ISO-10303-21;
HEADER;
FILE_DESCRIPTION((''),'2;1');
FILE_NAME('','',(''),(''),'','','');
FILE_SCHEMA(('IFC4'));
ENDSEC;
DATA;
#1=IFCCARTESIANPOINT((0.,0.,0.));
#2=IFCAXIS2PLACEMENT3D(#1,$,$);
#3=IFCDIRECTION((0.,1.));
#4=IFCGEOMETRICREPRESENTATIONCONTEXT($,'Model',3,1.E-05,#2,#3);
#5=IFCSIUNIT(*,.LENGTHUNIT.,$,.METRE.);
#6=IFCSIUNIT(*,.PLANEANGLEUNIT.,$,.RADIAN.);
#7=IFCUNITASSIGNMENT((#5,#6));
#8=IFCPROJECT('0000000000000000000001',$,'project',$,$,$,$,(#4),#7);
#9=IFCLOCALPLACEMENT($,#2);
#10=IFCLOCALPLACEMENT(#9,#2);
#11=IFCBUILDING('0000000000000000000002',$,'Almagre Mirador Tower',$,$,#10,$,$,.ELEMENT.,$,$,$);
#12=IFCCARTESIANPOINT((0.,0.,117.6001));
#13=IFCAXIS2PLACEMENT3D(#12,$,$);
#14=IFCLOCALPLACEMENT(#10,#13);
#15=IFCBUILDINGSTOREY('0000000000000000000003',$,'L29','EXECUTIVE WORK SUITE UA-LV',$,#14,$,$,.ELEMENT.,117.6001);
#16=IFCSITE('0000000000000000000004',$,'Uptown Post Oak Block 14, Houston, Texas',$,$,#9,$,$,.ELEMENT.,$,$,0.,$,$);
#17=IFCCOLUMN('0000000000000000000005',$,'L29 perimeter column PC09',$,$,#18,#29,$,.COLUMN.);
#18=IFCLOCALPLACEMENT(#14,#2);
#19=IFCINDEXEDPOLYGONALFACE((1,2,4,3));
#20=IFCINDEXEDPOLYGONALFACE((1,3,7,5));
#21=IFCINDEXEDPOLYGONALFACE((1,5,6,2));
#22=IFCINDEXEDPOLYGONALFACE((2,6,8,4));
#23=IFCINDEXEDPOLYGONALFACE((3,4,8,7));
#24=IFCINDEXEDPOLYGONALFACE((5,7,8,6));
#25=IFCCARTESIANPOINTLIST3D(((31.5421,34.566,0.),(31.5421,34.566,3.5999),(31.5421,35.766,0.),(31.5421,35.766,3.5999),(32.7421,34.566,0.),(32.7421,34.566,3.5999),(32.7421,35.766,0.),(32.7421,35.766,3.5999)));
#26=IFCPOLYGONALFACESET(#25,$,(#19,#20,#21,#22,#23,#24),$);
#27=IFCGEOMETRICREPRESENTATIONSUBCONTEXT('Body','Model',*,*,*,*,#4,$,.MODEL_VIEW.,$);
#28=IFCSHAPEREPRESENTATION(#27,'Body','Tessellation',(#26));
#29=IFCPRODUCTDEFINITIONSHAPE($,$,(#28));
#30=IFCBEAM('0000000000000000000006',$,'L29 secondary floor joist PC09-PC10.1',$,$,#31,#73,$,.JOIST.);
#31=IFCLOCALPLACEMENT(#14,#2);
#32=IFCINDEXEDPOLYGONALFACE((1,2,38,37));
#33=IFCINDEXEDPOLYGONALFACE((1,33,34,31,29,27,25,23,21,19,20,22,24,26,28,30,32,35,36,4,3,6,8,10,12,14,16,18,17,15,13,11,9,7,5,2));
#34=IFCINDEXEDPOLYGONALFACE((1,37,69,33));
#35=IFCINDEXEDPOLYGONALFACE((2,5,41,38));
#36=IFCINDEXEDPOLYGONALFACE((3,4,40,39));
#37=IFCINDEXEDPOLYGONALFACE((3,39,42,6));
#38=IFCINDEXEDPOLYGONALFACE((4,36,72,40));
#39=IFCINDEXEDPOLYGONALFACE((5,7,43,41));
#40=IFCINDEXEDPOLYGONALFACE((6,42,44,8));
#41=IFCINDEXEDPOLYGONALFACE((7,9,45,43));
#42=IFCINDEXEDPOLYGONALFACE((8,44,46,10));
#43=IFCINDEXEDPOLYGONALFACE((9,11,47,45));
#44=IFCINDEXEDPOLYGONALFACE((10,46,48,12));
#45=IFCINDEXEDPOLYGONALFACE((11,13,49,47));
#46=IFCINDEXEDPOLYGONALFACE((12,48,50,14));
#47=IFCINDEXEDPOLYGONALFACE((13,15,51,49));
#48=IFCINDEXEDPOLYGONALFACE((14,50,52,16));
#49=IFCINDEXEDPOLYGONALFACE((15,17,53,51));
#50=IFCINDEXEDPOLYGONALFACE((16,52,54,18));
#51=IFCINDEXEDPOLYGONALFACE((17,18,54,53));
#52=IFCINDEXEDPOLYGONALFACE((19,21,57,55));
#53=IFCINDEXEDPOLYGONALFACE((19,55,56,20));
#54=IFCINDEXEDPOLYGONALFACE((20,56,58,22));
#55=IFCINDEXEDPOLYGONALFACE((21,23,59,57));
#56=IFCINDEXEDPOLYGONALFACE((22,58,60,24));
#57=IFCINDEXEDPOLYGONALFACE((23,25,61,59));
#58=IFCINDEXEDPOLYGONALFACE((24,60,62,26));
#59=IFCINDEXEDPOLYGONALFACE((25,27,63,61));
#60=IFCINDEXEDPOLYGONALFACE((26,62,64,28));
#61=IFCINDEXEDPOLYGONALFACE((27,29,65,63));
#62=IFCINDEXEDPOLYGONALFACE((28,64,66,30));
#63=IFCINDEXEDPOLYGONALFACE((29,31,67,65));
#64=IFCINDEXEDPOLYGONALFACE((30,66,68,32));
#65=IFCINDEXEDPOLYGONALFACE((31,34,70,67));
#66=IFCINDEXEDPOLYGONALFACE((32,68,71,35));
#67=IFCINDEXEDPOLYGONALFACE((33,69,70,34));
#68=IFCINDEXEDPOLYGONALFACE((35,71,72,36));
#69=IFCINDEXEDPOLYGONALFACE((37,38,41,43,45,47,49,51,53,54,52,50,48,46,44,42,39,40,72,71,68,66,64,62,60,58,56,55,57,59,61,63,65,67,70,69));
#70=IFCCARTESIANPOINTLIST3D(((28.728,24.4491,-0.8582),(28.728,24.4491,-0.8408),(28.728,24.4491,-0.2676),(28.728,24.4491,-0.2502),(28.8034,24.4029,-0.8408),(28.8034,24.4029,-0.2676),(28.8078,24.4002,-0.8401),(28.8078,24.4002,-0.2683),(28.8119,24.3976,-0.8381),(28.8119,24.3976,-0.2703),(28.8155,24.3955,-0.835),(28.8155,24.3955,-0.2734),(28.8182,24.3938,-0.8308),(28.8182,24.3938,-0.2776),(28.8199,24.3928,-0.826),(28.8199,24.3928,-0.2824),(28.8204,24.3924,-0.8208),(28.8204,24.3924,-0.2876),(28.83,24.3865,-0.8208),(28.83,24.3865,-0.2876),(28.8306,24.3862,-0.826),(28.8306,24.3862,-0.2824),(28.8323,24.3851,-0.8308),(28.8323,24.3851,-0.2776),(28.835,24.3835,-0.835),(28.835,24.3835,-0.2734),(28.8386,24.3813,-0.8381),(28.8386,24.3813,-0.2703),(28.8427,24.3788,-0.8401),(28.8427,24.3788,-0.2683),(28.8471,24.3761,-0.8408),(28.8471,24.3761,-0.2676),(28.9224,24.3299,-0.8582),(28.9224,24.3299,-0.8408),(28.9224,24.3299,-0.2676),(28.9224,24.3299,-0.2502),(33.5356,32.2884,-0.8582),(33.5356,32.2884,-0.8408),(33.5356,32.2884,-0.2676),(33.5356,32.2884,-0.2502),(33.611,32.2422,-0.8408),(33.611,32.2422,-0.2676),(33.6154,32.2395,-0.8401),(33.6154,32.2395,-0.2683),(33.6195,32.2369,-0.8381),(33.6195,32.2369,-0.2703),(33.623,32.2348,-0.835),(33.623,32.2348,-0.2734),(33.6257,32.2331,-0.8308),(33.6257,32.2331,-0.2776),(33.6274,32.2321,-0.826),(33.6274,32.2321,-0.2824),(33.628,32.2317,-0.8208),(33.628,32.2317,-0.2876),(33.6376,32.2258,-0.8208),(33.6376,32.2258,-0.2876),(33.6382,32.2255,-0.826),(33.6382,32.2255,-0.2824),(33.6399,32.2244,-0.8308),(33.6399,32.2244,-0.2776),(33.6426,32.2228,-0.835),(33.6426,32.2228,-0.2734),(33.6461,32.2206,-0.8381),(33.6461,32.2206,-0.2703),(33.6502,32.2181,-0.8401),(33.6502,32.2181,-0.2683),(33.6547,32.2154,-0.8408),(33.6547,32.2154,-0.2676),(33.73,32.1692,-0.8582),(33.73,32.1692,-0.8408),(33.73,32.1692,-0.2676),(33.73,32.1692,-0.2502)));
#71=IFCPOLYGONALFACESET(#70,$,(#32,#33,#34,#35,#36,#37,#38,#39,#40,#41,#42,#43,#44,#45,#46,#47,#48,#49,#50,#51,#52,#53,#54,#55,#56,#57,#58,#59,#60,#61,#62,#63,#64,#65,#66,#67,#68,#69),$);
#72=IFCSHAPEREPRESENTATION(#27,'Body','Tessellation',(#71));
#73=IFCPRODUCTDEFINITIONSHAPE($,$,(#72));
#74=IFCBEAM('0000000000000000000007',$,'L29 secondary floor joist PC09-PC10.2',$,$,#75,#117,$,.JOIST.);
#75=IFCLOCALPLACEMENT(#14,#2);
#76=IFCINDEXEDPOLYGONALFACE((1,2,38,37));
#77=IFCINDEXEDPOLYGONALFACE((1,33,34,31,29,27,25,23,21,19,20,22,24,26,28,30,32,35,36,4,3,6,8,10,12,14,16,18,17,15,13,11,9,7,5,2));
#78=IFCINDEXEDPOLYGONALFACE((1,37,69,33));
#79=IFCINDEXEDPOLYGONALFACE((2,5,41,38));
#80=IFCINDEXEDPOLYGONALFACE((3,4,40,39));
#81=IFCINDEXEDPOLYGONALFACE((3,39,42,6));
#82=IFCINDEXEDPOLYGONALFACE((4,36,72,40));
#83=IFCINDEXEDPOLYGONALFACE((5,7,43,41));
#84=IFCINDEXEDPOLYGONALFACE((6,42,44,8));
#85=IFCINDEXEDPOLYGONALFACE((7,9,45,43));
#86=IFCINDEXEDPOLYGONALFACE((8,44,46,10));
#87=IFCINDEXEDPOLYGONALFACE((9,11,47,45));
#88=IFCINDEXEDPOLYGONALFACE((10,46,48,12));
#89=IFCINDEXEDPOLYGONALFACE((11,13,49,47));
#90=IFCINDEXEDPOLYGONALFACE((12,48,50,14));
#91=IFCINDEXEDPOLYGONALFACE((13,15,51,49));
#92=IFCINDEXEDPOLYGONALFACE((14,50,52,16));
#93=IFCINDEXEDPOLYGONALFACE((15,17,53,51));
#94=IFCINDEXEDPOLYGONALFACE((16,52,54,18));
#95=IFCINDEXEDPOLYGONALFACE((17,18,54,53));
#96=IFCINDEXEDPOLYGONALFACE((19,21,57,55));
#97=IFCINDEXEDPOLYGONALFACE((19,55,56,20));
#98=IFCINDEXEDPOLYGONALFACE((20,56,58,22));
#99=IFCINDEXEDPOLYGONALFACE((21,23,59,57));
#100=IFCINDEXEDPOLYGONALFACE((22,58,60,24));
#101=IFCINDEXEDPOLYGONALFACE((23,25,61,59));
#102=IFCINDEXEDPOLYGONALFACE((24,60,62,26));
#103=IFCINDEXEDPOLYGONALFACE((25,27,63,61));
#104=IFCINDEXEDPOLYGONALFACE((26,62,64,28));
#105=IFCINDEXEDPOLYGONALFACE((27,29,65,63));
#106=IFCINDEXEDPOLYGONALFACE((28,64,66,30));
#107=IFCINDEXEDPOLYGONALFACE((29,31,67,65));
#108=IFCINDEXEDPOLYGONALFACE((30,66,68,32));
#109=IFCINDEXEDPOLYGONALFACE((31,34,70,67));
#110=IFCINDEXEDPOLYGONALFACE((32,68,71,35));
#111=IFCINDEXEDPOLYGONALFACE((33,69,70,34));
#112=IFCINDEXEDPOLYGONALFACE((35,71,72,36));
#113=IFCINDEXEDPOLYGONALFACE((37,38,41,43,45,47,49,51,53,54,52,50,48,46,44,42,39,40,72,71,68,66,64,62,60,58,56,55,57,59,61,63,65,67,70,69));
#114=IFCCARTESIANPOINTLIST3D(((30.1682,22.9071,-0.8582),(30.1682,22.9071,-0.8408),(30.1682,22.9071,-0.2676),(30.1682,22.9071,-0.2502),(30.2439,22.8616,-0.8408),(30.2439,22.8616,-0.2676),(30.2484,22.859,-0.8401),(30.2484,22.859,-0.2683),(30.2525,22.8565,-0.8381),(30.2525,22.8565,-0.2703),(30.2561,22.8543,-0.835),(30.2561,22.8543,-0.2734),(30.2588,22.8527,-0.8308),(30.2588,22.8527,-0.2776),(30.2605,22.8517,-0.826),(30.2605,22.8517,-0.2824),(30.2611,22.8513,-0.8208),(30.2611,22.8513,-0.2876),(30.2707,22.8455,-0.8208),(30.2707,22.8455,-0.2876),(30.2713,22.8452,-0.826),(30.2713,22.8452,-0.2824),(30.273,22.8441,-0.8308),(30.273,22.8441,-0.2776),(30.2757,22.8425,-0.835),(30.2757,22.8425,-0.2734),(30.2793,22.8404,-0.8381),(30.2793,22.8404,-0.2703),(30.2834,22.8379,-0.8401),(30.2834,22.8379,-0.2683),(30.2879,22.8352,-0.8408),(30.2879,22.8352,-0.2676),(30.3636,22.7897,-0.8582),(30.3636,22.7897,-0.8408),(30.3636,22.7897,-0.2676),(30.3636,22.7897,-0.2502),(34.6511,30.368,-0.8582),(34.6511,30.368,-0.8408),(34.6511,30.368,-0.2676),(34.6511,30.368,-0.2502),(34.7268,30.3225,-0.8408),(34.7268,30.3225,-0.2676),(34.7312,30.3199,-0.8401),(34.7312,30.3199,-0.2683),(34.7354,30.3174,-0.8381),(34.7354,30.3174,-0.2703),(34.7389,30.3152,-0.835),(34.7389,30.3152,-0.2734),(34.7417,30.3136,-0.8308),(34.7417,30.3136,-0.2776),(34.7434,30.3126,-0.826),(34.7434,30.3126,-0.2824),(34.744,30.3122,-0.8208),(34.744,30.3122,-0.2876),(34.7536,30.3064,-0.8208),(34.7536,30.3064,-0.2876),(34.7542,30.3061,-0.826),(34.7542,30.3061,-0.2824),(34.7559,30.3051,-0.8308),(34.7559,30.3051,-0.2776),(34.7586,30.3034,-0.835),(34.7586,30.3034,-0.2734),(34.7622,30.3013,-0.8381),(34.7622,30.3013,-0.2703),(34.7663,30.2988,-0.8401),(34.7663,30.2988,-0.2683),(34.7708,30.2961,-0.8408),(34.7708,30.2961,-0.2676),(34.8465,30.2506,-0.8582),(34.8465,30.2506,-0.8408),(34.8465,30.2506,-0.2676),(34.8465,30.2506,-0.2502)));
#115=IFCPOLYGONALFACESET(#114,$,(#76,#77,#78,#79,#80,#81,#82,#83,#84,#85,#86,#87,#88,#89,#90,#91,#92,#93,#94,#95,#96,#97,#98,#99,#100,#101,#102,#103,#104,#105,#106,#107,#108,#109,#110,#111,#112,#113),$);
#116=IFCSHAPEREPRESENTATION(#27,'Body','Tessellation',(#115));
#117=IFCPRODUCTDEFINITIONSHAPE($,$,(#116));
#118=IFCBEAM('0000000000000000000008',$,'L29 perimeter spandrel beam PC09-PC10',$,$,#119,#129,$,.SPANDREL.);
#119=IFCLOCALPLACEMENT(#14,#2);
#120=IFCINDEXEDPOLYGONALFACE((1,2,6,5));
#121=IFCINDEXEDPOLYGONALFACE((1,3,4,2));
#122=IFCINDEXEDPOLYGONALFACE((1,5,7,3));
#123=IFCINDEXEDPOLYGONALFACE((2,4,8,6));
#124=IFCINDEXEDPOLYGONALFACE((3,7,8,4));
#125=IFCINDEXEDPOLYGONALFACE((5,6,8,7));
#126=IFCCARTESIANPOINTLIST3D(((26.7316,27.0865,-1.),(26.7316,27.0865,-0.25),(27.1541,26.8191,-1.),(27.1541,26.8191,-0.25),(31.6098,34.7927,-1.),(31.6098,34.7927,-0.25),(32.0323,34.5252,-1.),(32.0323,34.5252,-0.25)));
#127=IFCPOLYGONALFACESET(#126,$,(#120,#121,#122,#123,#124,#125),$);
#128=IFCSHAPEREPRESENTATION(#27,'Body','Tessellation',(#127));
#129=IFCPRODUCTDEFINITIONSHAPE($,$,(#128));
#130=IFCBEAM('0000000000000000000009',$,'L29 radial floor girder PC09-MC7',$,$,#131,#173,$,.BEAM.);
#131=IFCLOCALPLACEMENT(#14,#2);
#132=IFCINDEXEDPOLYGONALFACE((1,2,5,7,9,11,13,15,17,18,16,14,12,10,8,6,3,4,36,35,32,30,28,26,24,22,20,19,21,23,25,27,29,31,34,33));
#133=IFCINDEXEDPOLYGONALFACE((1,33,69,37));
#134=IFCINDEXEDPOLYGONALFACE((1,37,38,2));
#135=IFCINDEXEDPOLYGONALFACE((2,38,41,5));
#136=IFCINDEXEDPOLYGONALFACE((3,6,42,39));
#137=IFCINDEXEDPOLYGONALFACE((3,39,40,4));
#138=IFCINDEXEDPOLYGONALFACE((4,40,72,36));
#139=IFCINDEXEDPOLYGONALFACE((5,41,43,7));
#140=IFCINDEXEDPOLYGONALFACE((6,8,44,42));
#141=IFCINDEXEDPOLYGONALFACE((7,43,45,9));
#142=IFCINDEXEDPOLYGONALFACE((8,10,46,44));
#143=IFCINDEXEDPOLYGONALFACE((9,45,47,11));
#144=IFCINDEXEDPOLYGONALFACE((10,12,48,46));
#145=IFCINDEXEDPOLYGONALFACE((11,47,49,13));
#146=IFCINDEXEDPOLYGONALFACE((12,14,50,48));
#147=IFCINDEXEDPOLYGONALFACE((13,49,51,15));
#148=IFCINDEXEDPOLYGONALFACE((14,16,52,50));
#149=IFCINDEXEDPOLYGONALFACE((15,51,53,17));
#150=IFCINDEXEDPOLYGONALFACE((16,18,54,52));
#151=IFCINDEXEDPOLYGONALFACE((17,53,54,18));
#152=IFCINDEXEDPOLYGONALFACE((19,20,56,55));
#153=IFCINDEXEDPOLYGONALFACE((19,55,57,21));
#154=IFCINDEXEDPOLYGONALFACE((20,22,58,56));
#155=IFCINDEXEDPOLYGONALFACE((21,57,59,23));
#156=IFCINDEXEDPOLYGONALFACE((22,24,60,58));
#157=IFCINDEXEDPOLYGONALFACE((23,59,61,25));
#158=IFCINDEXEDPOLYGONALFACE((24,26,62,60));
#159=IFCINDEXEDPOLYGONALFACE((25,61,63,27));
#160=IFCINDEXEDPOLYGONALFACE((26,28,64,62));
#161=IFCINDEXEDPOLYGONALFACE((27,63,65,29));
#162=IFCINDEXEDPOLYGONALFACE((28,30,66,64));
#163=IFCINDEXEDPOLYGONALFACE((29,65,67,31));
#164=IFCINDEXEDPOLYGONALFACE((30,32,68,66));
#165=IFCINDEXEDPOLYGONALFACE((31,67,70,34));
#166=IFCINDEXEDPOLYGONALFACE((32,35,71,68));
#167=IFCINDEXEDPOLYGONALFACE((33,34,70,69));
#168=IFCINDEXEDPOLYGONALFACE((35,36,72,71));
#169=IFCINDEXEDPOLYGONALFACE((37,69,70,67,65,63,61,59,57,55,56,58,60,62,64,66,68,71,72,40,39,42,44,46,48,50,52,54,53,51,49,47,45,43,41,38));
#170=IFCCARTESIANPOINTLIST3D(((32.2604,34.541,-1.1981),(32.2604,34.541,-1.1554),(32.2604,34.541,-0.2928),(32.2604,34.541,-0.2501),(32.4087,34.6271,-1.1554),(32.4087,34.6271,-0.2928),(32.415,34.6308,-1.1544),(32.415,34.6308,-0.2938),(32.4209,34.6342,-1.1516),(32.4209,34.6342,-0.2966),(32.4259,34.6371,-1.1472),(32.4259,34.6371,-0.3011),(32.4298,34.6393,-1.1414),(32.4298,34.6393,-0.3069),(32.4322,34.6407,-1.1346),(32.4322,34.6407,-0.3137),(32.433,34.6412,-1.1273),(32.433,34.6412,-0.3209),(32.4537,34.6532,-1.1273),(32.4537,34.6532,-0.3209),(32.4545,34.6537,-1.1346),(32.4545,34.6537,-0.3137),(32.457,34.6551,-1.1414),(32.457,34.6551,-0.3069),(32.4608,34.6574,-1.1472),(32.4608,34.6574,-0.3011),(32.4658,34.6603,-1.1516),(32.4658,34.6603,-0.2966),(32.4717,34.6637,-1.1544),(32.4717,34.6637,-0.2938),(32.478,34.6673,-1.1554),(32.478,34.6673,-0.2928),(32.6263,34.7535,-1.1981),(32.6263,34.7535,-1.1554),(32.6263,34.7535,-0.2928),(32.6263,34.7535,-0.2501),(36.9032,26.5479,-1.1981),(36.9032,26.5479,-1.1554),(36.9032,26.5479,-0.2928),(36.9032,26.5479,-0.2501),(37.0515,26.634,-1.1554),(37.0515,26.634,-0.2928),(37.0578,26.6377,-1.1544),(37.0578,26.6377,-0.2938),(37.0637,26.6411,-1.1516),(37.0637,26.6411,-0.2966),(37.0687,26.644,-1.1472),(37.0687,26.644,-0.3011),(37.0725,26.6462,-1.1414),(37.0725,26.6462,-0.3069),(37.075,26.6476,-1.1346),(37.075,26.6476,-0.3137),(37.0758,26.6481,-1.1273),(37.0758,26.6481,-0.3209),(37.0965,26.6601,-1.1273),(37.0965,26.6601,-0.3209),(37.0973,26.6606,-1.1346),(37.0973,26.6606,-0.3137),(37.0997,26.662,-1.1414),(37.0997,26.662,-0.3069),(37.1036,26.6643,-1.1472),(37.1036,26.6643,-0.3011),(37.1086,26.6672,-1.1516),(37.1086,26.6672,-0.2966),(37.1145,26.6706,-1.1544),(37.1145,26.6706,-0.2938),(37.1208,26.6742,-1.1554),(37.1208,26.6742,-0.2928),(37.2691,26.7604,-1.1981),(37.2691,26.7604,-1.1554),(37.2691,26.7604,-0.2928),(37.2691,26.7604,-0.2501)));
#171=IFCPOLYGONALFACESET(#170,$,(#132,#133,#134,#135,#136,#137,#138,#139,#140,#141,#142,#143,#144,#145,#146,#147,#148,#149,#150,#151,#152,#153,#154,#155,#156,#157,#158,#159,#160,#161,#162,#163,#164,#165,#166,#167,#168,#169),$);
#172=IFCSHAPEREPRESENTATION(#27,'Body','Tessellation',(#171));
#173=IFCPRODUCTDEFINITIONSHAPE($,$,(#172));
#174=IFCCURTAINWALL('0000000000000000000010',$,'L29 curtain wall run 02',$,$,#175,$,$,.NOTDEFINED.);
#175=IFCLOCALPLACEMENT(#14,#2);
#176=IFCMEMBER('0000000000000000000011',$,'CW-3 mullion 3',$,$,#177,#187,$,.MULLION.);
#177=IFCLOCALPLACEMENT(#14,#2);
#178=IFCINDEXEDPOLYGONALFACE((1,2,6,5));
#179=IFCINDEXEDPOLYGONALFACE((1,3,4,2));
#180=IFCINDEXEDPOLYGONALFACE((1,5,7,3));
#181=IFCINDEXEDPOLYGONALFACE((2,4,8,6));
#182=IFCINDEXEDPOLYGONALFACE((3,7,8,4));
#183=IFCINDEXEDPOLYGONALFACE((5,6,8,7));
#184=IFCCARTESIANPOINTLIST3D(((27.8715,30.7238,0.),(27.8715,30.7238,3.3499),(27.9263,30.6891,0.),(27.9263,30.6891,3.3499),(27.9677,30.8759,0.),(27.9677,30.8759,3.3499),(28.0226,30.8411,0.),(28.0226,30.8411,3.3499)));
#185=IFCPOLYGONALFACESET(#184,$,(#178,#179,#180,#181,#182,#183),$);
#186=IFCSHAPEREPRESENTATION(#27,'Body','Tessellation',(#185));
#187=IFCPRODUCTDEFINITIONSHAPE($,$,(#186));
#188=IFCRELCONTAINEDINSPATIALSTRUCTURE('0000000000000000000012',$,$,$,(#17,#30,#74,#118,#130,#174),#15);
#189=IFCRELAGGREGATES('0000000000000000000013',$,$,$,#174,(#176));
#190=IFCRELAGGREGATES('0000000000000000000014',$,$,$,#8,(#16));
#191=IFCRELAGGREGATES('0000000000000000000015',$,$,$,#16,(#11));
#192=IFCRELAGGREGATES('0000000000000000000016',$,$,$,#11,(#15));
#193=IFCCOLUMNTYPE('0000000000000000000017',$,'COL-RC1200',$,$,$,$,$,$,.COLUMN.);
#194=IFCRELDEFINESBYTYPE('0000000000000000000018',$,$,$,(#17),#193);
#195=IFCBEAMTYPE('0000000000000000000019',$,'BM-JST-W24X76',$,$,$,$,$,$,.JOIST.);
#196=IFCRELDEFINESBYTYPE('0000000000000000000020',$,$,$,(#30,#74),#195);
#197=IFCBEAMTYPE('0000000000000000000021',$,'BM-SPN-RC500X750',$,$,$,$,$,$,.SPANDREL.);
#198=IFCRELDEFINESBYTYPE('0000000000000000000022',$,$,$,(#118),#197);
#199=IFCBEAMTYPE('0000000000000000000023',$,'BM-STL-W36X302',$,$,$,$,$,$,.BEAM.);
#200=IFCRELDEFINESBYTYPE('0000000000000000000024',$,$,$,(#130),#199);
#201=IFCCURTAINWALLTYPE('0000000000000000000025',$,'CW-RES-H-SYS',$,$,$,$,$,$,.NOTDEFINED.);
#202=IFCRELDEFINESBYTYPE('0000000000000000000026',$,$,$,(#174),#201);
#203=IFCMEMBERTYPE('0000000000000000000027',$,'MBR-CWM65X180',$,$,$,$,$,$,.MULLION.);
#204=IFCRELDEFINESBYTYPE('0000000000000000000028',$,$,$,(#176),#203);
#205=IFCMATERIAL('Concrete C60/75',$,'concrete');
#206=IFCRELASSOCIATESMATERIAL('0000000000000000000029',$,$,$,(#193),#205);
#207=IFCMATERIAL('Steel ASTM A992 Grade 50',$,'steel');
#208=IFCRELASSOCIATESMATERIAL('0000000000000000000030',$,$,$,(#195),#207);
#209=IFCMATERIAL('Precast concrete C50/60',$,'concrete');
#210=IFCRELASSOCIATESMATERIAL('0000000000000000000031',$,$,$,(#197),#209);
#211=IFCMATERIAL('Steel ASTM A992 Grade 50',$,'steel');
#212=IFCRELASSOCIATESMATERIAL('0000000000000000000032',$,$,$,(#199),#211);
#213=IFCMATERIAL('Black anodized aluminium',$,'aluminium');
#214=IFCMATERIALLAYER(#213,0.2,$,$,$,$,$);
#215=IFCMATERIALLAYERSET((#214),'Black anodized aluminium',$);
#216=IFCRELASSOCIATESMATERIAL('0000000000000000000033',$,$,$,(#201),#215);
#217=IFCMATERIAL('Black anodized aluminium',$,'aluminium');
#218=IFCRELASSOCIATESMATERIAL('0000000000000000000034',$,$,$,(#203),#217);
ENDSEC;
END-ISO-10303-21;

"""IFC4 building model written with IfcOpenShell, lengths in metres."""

from ifc_helpers import new_model, si_unit, direction, frame, origin, origin_2d, place, context, subcontext, project, spatial, rectangle, i_section, extrude, material, layer, layer_set, material_profile, profile_set, type_object, element, aggregate, save


model = new_model("IFC4")

# Units and contexts
model_context = context("Model", 3, precision=1e-05, world=origin(), true_north=direction((0.0, 1.0)))
body_context = subcontext(model_context, "Body", "Model", "MODEL_VIEW")
ifc_project = project(units=[si_unit("LENGTHUNIT", "METRE"), si_unit("PLANEANGLEUNIT", "RADIAN")], contexts=[model_context])

# Site, building, storey
site_placement = place(None, origin())
site = spatial("IfcSite", under=ifc_project, at=site_placement, Name="Uptown Post Oak Block 14, Houston, Texas", CompositionType="ELEMENT", RefElevation=0.0)
building_placement = place(site_placement, origin())
building = spatial("IfcBuilding", under=site, at=building_placement, Name="Almagre Mirador Tower", CompositionType="ELEMENT")
storey_placement = place(building_placement, frame((0.0, 0.0, 117.6001)))
storey = spatial("IfcBuildingStorey", under=building, at=storey_placement, Name="L29", Description="EXECUTIVE WORK SUITE UA-LV", CompositionType="ELEMENT", Elevation=117.6001)

# Column
ifc_material_1 = material(Name="Concrete C60/75", Category="concrete")
ifc_material_profile_1 = material_profile(ifc_material_1, rectangle(XDim=1.2, YDim=1.2, at=origin_2d()), Name="RC1200X1200")
ifc_profile_set_1 = profile_set([ifc_material_profile_1], Name="Concrete C60/75")
column_type = type_object("IfcColumnType", Name="COL-RC1200", PredefinedType="COLUMN", material=ifc_profile_set_1)
column_placement = place(storey_placement, frame((32.1421, 35.166, 0.0), z_axis=(0.0, 0.0, 1.0), x_axis=(1.0, 0.0, 0.0)))
element("IfcColumn", 1, at=column_placement, inside=storey, type_object=column_type, Name="L29 perimeter column PC09", PredefinedType="COLUMN", context=body_context, shape_type="SweptSolid", body=[
    extrude(rectangle(XDim=1.2, YDim=1.2, at=origin_2d()), origin(), (0.0, 0.0, 1.0), 3.5999),
])

# Beams
ifc_material_2 = material(Name="Steel ASTM A992 Grade 50", Category="steel")
ifc_material_profile_2 = material_profile(ifc_material_2, i_section(OverallWidth=0.228, OverallDepth=0.6079, WebThickness=0.0112, FlangeThickness=0.0173, FilletRadius=0.02, at=origin_2d()), Name="W24X76")
ifc_profile_set_2 = profile_set([ifc_material_profile_2], Name="Steel ASTM A992 Grade 50")
beam_type_1 = type_object("IfcBeamType", Name="BM-JST-W24X76", PredefinedType="JOIST", material=ifc_profile_set_2)
beam_1_placement = place(storey_placement, frame((33.6328, 32.2288, -0.5542), z_axis=(-0.522787, -0.852463, 0.0), x_axis=(0.852463, -0.522787, 0.0)))
element("IfcBeam", 2, at=beam_1_placement, inside=storey, type_object=beam_type_1, Name="L29 secondary floor joist PC09-PC10.1", PredefinedType="JOIST", context=body_context, shape_type="SweptSolid", body=[
    extrude(i_section(OverallWidth=0.228, OverallDepth=0.6079, WebThickness=0.0112, FlangeThickness=0.0173, FilletRadius=0.02, at=origin_2d()), origin(), (0.0, 0.0, 1.0), 9.196),
])
beam_2_placement = place(storey_placement, frame((34.7488, 30.3093, -0.5542), z_axis=(-0.515032, -0.857171, 0.0), x_axis=(0.857171, -0.515032, 0.0)))
element("IfcBeam", 3, at=beam_2_placement, inside=storey, type_object=beam_type_1, Name="L29 secondary floor joist PC09-PC10.2", PredefinedType="JOIST", context=body_context, shape_type="SweptSolid", body=[
    extrude(i_section(OverallWidth=0.228, OverallDepth=0.6079, WebThickness=0.0112, FlangeThickness=0.0173, FilletRadius=0.02, at=origin_2d()), origin(), (0.0, 0.0, 1.0), 8.7041),
])
ifc_material_3 = material(Name="Precast concrete C50/60", Category="concrete")
ifc_material_profile_3 = material_profile(ifc_material_3, rectangle(XDim=0.5, YDim=0.75, at=origin_2d()), Name="RC500X750")
ifc_profile_set_3 = profile_set([ifc_material_profile_3], Name="Precast concrete C50/60")
beam_type_2 = type_object("IfcBeamType", Name="BM-SPN-RC500X750", PredefinedType="SPANDREL", material=ifc_profile_set_3)
beam_3_placement = place(storey_placement, frame((31.821, 34.6589, -0.625), z_axis=(-0.53487, -0.844934, 0.0), x_axis=(0.844934, -0.53487, 0.0)))
element("IfcBeam", 4, at=beam_3_placement, inside=storey, type_object=beam_type_2, Name="L29 perimeter spandrel beam PC09-PC10", PredefinedType="SPANDREL", context=body_context, shape_type="SweptSolid", body=[
    extrude(rectangle(XDim=0.5, YDim=0.75, at=origin_2d()), origin(), (0.0, 0.0, 1.0), 9.1204),
])
ifc_material_4 = material(Name="Steel ASTM A992 Grade 50", Category="steel")
ifc_material_profile_4 = material_profile(ifc_material_4, i_section(OverallWidth=0.4231, OverallDepth=0.948, WebThickness=0.0239, FlangeThickness=0.0427, FilletRadius=0.0281, at=origin_2d()), Name="W36X302")
ifc_profile_set_4 = profile_set([ifc_material_profile_4], Name="Steel ASTM A992 Grade 50")
beam_type_3 = type_object("IfcBeamType", Name="BM-STL-W36X302", PredefinedType="BEAM", material=ifc_profile_set_4)
beam_4_placement = place(storey_placement, frame((32.4434, 34.6472, -0.7241), z_axis=(0.502267, -0.864712, 0.0), x_axis=(0.864712, 0.502267, 0.0)))
element("IfcBeam", 5, at=beam_4_placement, inside=storey, type_object=beam_type_3, Name="L29 radial floor girder PC09-MC7", PredefinedType="BEAM", context=body_context, shape_type="SweptSolid", body=[
    extrude(i_section(OverallWidth=0.4231, OverallDepth=0.948, WebThickness=0.0239, FlangeThickness=0.0427, FilletRadius=0.0281, at=origin_2d()), origin(), (0.0, 0.0, 1.0), 9.2437),
])

# Curtain wall, member
ifc_material_5 = material(Name="Black anodized aluminium", Category="aluminium")
ifc_layer_1 = layer(ifc_material_5, 0.2)
ifc_layer_set_1 = layer_set([ifc_layer_1], Name="Black anodized aluminium")
curtain_wall_type = type_object("IfcCurtainWallType", Name="CW-RES-H-SYS", PredefinedType="NOTDEFINED", material=ifc_layer_set_1)
curtain_wall_placement = place(storey_placement, origin())
curtain_wall = element("IfcCurtainWall", 6, at=curtain_wall_placement, inside=storey, type_object=curtain_wall_type, Name="L29 curtain wall run 02", PredefinedType="NOTDEFINED")
ifc_material_6 = material(Name="Black anodized aluminium", Category="aluminium")
ifc_material_profile_5 = material_profile(ifc_material_6, rectangle(XDim=0.0649, YDim=0.1799, at=origin_2d()), Name="CWM65X180")
ifc_profile_set_5 = profile_set([ifc_material_profile_5], Name="Black anodized aluminium")
member_type = type_object("IfcMemberType", Name="MBR-CWM65X180", PredefinedType="MULLION", material=ifc_profile_set_5)
member_placement = place(storey_placement, frame((27.947, 30.7825, 0.0), z_axis=(0.0, 0.0, 1.0), x_axis=(-0.844924, 0.534887, 0.0)))
member = element("IfcMember", 7, at=member_placement, type_object=member_type, Name="CW-3 mullion 3", PredefinedType="MULLION", context=body_context, shape_type="SweptSolid", body=[
    extrude(rectangle(XDim=0.0649, YDim=0.1799, at=origin_2d()), origin(), (0.0, 0.0, 1.0), 3.3499),
])
aggregate(curtain_wall, [member])

save(model, "model.ifc")
